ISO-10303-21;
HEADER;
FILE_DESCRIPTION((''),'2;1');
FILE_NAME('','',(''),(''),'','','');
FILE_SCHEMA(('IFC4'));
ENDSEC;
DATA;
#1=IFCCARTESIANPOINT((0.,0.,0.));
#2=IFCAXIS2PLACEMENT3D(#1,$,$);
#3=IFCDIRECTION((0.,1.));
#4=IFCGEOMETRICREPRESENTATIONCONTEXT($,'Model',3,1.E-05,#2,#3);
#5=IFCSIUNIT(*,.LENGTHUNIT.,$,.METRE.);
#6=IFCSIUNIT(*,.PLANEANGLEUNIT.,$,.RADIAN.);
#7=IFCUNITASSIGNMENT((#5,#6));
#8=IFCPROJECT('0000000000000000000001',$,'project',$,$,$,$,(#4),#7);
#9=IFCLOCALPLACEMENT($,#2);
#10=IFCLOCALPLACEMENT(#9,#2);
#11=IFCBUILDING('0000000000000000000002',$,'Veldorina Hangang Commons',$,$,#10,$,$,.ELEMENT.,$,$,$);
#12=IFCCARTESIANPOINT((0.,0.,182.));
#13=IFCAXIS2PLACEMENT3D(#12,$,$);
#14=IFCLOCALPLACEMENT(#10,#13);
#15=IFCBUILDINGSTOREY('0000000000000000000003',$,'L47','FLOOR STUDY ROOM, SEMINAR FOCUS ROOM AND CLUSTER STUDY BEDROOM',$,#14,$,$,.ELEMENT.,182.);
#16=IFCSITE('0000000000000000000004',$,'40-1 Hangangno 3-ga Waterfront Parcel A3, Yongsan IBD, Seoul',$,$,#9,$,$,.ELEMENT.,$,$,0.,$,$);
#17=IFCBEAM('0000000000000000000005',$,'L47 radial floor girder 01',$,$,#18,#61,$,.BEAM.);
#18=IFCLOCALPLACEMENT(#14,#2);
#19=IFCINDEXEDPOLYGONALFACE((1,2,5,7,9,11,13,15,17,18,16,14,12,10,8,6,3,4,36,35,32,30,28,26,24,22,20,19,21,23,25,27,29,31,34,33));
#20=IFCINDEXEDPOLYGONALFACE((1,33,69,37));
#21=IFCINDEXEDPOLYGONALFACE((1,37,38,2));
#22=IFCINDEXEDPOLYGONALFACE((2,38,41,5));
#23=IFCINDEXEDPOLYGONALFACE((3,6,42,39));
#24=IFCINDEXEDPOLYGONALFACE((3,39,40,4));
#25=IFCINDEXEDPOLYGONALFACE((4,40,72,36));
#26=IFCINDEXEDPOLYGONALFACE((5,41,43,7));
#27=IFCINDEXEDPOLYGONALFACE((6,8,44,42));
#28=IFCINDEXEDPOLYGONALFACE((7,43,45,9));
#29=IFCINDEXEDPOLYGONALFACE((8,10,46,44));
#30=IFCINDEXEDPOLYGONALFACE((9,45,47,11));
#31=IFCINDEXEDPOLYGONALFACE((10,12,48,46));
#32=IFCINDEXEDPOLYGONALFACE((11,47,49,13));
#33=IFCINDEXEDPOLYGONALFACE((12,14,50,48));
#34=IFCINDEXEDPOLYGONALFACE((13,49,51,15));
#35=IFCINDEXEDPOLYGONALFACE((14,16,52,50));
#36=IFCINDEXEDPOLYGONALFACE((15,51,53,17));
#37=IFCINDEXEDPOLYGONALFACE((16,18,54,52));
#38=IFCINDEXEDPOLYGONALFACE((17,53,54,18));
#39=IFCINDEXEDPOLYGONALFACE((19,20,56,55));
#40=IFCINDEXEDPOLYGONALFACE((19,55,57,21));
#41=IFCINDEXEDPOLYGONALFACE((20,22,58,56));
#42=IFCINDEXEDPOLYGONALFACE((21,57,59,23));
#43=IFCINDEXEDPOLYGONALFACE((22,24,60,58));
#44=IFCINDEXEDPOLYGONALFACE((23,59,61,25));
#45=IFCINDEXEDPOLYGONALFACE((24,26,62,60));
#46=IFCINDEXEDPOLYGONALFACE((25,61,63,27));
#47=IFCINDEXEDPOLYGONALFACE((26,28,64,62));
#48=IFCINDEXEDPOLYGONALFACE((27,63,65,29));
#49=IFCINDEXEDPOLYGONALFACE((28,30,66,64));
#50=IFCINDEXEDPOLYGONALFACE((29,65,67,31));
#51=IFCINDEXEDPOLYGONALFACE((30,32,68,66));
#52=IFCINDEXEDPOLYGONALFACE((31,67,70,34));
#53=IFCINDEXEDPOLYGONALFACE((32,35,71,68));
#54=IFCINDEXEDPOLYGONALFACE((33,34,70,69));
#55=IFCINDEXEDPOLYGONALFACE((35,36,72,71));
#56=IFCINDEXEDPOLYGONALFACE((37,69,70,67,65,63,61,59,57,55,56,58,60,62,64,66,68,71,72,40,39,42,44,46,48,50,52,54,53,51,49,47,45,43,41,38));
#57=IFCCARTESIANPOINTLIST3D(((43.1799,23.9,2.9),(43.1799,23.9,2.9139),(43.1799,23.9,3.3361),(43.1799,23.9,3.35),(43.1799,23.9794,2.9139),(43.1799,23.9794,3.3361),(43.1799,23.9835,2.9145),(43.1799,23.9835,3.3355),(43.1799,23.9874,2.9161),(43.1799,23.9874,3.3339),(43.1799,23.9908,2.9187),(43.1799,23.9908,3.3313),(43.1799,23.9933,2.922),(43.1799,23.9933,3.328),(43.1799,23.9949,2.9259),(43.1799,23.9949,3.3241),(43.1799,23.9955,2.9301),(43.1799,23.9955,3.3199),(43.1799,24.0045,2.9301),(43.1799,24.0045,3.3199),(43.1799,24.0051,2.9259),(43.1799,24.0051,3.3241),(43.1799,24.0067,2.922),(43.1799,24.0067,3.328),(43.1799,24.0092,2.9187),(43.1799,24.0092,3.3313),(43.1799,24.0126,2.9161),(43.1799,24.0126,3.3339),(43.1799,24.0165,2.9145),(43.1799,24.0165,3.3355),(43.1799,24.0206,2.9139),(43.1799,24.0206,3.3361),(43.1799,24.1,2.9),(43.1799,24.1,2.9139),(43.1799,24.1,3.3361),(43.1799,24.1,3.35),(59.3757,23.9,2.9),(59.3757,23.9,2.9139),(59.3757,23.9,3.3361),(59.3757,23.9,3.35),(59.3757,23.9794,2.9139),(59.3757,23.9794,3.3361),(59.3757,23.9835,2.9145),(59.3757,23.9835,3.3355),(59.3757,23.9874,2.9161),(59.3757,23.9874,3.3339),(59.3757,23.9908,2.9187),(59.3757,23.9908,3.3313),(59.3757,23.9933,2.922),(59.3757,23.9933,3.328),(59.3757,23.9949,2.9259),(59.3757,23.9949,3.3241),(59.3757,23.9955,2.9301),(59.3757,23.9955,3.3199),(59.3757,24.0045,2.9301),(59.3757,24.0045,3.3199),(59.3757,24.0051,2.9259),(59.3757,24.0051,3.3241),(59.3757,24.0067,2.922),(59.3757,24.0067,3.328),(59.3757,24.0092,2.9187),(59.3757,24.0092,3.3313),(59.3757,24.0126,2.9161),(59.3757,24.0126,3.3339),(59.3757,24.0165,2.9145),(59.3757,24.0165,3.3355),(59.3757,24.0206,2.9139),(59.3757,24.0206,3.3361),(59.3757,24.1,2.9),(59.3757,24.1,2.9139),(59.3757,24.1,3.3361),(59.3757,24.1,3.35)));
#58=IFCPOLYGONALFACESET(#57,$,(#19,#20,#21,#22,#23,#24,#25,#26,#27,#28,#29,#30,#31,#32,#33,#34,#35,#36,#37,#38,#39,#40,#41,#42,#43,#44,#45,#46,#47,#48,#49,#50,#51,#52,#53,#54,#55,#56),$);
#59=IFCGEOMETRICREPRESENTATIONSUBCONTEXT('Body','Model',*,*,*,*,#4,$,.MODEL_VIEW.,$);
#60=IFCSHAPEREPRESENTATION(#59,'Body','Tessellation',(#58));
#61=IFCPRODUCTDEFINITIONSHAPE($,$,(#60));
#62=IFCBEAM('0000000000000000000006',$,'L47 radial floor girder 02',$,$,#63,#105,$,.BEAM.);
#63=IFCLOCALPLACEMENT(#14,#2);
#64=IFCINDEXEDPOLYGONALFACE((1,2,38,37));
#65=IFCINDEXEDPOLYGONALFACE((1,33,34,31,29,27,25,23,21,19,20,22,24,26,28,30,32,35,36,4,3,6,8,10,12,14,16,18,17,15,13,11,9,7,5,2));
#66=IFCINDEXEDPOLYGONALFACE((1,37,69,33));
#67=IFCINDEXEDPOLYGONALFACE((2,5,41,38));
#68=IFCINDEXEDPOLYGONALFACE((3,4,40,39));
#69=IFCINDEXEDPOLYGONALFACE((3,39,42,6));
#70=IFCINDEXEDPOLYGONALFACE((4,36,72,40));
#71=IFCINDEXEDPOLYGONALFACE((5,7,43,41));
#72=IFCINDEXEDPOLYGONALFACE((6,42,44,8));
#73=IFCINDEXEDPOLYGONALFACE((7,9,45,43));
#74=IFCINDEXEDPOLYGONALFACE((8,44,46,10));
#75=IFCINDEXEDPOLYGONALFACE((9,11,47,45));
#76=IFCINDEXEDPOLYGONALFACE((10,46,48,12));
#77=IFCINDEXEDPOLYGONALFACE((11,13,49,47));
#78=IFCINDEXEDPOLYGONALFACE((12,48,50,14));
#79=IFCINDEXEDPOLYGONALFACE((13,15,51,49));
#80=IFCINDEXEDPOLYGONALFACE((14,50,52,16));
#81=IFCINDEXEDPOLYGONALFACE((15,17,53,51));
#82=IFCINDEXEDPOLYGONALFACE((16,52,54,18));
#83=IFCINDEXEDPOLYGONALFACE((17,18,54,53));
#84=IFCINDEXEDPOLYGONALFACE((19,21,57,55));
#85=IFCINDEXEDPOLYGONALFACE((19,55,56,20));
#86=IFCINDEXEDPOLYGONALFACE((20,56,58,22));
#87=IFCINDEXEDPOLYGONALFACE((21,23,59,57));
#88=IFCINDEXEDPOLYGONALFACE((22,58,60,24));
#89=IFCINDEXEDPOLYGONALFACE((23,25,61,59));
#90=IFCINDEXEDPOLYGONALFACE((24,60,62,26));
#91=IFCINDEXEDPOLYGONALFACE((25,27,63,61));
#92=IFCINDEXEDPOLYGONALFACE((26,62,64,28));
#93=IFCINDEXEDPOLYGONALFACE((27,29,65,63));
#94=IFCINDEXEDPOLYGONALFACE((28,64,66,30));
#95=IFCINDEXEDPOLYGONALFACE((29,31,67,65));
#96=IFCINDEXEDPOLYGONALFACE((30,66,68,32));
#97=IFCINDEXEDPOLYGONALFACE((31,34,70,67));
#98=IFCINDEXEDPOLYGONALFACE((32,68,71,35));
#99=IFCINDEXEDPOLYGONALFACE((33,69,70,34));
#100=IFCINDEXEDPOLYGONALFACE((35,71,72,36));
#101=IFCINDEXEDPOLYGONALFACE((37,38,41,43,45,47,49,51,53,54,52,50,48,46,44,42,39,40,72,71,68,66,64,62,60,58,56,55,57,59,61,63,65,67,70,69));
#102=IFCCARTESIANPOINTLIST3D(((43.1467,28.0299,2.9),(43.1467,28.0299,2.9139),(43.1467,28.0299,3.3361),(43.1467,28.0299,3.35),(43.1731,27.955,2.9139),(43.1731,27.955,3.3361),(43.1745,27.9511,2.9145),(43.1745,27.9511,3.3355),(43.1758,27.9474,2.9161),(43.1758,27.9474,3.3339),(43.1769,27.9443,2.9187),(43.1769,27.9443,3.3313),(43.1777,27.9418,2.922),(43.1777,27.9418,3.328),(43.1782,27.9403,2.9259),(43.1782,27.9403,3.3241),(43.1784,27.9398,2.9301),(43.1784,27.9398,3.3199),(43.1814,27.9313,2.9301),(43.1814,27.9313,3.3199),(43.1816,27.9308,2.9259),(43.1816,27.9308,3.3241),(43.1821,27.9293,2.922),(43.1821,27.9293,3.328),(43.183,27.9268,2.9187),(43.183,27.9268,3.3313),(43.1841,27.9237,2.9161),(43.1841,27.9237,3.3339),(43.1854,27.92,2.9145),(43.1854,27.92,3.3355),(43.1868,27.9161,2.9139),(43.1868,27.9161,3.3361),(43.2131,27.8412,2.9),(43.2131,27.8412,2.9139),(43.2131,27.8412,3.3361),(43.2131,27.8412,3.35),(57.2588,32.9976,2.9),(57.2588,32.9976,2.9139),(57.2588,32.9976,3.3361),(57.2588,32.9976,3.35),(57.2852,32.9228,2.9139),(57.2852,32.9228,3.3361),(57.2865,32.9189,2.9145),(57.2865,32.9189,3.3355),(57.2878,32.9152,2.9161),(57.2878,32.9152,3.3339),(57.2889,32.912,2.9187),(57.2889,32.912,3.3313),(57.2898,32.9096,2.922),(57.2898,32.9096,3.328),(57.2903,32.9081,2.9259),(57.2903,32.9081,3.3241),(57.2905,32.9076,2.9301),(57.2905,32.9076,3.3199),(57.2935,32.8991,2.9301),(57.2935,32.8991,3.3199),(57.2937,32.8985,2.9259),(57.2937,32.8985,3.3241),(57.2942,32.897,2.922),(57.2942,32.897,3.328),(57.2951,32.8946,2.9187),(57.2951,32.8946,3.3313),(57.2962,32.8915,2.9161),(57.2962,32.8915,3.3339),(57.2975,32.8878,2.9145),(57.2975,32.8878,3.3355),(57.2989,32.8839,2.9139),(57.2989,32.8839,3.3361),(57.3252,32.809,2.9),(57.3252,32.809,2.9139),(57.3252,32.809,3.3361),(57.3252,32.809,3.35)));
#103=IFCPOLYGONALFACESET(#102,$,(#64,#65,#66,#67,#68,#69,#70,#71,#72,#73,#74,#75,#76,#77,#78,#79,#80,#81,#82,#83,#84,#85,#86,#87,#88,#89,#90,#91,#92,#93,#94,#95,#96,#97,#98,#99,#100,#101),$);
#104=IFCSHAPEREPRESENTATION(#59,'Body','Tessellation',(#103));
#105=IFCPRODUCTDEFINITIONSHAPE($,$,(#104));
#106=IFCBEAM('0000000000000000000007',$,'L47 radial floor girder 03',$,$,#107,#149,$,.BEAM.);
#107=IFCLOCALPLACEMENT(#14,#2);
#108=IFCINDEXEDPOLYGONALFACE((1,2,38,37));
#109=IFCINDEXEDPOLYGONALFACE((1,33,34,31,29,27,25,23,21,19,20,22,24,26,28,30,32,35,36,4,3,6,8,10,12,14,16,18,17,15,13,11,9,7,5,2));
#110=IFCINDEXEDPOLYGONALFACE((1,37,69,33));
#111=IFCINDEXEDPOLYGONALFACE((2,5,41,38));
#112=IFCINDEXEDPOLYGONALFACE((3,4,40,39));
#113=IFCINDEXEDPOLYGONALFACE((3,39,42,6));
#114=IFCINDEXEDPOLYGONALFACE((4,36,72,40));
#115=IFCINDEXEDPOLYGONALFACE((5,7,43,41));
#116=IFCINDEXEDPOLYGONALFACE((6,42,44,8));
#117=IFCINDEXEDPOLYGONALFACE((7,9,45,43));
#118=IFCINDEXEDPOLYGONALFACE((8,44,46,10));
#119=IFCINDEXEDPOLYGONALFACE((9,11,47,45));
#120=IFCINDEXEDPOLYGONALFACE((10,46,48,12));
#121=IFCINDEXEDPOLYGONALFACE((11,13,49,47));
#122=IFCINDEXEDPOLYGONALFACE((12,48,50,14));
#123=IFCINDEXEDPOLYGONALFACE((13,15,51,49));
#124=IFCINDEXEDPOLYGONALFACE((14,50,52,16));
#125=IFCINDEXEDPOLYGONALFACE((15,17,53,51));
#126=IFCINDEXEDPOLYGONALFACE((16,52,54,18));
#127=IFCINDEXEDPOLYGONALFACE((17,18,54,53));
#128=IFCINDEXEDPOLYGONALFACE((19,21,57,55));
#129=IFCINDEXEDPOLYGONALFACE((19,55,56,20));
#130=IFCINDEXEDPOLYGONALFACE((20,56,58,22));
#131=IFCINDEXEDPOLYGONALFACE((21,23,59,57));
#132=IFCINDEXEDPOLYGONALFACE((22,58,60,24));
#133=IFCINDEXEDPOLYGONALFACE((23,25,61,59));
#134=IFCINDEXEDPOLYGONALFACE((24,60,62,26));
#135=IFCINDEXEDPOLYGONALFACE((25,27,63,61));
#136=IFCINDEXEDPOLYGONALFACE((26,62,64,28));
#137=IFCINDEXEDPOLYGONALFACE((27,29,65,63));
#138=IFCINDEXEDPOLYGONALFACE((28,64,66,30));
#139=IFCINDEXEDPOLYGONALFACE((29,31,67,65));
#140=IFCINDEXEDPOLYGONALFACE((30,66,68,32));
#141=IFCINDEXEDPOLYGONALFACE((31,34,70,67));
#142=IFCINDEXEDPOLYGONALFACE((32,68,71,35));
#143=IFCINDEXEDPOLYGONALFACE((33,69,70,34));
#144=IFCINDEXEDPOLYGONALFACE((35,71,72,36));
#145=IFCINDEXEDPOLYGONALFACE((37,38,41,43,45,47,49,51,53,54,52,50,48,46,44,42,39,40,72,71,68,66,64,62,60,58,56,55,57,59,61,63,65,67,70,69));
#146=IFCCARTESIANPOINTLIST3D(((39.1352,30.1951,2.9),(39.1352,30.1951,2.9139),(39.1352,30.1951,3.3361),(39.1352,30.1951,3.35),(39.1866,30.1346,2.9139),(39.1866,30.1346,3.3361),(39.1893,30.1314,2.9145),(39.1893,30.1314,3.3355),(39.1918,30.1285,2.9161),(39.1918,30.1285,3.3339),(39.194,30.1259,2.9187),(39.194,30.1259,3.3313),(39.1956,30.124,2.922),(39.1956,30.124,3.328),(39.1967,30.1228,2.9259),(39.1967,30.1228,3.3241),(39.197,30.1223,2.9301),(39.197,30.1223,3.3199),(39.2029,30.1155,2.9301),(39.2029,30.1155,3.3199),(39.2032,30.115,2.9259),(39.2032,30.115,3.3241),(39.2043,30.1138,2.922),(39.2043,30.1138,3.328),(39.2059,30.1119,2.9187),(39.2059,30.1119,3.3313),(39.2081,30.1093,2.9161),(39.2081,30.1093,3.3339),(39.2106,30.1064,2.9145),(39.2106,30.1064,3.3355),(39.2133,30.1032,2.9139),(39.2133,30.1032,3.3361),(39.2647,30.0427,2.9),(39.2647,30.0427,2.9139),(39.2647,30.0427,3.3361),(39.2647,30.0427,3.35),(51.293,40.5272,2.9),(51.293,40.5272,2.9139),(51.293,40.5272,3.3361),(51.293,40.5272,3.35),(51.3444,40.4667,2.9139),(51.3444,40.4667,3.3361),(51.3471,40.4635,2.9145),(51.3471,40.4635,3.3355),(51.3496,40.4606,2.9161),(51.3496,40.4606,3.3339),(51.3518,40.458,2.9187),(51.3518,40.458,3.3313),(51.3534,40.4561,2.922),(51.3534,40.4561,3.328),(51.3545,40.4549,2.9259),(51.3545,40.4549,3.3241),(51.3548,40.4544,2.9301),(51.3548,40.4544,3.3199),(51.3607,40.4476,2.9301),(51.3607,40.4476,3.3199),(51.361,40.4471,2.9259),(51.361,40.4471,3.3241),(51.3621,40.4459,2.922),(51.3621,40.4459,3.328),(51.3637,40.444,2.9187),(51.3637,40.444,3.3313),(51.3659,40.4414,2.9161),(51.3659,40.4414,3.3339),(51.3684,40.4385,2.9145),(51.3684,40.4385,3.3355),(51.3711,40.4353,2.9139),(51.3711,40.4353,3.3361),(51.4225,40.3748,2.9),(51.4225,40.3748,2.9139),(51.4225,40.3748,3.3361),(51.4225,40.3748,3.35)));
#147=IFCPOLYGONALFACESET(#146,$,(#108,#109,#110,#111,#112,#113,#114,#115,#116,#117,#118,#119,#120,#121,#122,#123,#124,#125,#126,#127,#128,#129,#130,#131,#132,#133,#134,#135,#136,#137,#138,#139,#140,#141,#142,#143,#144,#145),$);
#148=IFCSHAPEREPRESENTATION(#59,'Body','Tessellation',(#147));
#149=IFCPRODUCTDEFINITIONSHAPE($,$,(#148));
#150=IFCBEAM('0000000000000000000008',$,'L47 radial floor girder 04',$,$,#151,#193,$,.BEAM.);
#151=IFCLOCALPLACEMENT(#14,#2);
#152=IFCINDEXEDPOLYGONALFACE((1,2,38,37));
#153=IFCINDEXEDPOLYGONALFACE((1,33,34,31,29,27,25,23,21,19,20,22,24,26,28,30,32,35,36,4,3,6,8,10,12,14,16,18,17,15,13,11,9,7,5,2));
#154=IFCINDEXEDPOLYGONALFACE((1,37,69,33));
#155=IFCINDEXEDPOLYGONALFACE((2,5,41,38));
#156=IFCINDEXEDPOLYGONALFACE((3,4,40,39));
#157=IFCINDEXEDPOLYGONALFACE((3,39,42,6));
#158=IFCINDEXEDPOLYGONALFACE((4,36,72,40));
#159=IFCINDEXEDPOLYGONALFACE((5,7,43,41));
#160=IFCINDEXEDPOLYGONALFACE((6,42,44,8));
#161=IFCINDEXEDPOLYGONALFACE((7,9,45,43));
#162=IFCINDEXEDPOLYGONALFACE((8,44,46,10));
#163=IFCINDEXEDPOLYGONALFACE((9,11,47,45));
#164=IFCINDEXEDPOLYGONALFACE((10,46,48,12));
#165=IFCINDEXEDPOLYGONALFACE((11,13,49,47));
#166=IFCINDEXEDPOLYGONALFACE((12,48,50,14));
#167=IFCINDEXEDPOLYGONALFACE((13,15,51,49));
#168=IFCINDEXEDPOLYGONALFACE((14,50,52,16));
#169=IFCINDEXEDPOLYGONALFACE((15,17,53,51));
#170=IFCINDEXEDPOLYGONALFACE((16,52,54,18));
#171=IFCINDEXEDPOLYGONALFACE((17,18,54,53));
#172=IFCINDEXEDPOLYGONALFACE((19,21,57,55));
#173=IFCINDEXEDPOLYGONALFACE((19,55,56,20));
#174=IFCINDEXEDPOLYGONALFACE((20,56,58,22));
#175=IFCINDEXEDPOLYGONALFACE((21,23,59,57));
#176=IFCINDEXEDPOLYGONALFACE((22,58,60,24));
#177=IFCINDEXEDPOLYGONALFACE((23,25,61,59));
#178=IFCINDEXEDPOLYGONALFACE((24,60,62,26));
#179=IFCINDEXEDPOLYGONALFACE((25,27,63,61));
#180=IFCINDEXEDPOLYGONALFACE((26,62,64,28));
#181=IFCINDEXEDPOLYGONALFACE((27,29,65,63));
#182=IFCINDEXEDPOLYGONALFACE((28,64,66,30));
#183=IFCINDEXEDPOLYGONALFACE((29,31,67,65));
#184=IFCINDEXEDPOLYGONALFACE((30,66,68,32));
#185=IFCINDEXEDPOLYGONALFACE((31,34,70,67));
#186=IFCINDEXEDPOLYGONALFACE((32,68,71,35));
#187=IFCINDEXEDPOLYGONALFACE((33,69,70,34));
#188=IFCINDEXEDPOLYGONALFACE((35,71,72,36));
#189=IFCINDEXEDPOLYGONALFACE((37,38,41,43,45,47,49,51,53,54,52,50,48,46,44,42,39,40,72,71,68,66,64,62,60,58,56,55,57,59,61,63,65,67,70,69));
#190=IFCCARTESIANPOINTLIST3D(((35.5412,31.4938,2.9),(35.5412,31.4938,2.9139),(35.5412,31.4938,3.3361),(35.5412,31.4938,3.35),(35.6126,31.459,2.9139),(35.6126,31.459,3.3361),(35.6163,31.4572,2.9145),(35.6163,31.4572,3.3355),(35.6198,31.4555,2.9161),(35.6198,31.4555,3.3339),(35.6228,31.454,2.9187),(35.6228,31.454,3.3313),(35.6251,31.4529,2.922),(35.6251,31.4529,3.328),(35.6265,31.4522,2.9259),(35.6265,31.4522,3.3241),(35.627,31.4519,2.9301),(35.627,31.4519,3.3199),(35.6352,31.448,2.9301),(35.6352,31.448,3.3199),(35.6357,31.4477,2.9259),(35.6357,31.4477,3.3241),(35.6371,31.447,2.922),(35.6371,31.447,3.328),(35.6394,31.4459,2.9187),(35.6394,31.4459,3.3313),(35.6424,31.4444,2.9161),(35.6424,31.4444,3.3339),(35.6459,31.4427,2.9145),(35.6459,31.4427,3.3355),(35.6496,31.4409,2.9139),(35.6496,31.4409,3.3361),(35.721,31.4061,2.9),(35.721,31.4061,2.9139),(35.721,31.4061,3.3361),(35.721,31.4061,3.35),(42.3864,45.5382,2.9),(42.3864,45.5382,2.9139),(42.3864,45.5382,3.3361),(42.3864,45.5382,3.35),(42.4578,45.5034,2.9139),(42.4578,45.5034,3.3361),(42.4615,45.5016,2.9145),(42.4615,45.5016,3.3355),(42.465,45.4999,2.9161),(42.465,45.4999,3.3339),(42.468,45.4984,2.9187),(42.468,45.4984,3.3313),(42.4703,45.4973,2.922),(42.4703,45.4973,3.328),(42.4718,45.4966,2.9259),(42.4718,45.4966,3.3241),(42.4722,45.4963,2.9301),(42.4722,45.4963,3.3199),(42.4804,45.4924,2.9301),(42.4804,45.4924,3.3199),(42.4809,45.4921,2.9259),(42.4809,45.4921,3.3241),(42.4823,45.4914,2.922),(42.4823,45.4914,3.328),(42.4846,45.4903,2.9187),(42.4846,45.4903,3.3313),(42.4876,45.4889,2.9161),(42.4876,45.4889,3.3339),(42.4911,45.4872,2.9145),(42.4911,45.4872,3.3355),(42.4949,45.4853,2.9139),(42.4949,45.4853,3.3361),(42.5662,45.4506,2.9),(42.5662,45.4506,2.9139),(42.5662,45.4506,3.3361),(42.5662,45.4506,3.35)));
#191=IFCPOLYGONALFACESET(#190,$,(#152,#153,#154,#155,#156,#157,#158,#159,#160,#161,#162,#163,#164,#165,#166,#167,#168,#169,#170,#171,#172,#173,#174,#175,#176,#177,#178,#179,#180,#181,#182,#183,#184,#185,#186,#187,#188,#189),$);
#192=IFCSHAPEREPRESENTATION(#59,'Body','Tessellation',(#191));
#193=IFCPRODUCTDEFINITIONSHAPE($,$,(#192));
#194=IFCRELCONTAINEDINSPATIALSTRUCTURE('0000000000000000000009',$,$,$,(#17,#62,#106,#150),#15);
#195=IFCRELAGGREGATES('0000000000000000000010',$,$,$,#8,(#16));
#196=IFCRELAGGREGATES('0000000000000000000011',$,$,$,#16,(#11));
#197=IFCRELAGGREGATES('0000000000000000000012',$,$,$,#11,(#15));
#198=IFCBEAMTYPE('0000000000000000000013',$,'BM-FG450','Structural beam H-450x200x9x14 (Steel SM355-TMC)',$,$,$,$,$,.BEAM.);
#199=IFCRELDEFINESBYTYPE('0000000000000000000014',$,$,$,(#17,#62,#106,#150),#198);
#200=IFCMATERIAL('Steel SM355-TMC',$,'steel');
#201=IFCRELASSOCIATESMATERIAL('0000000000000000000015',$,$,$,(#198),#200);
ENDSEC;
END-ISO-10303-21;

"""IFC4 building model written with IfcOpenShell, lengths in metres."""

from ifc_helpers import new_model, si_unit, direction, frame, origin, origin_2d, place, context, subcontext, project, spatial, i_section, extrude, material, material_profile, profile_set, type_object, element, save


model = new_model("IFC4")

# Units and contexts
model_context = context("Model", 3, precision=1e-05, world=origin(), true_north=direction((0.0, 1.0)))
body_context = subcontext(model_context, "Body", "Model", "MODEL_VIEW")
ifc_project = project(units=[si_unit("LENGTHUNIT", "METRE"), si_unit("PLANEANGLEUNIT", "RADIAN")], contexts=[model_context])

# Site, building, storey
site_placement = place(None, origin())
site = spatial("IfcSite", under=ifc_project, at=site_placement, Name="40-1 Hangangno 3-ga Waterfront Parcel A3, Yongsan IBD, Seoul", CompositionType="ELEMENT", RefElevation=0.0)
building_placement = place(site_placement, origin())
building = spatial("IfcBuilding", under=site, at=building_placement, Name="Veldorina Hangang Commons", CompositionType="ELEMENT")
storey_placement = place(building_placement, frame((0.0, 0.0, 182.0)))
storey = spatial("IfcBuildingStorey", under=building, at=storey_placement, Name="L47", Description="FLOOR STUDY ROOM, SEMINAR FOCUS ROOM AND CLUSTER STUDY BEDROOM", CompositionType="ELEMENT", Elevation=182.0)

# Beams
ifc_material_1 = material(Name="Steel SM355-TMC", Category="steel")
ifc_material_profile_1 = material_profile(ifc_material_1, i_section(OverallWidth=0.2, OverallDepth=0.45, WebThickness=0.009, FlangeThickness=0.0139, FilletRadius=0.0161, at=origin_2d()), Name="H-450x200x9x14")
ifc_profile_set_1 = profile_set([ifc_material_profile_1], Name="Steel SM355-TMC")
beam_type_1 = type_object("IfcBeamType", Name="BM-FG450", Description="Structural beam H-450x200x9x14 (Steel SM355-TMC)", PredefinedType="BEAM", material=ifc_profile_set_1)
beam_1_placement = place(storey_placement, frame((43.1799, 24.0, 3.125), z_axis=(1.0, 0.0, 0.0), x_axis=(0.0, 1.0, 0.0)))
element("IfcBeam", 1, at=beam_1_placement, inside=storey, type_object=beam_type_1, Name="L47 radial floor girder 01", PredefinedType="BEAM", context=body_context, shape_type="SweptSolid", body=[
    extrude(i_section(OverallWidth=0.2, OverallDepth=0.45, WebThickness=0.009, FlangeThickness=0.0139, FilletRadius=0.0161, at=origin_2d()), origin(), (0.0, 0.0, 1.0), 16.1958),
])
beam_2_placement = place(storey_placement, frame((43.1799, 27.9355, 3.125), z_axis=(0.943262, 0.33205, 0.0), x_axis=(-0.33205, 0.943262, 0.0)))
element("IfcBeam", 2, at=beam_2_placement, inside=storey, type_object=beam_type_1, Name="L47 radial floor girder 02", PredefinedType="BEAM", context=body_context, shape_type="SweptSolid", body=[
    extrude(i_section(OverallWidth=0.2, OverallDepth=0.45, WebThickness=0.009, FlangeThickness=0.0139, FilletRadius=0.0161, at=origin_2d()), origin(), (0.0, 0.0, 1.0), 14.9609),
])
beam_3_placement = place(storey_placement, frame((39.2, 30.1189, 3.125), z_axis=(0.762002, 0.647575, 0.0), x_axis=(-0.647575, 0.762002, 0.0)))
element("IfcBeam", 3, at=beam_3_placement, inside=storey, type_object=beam_type_1, Name="L47 radial floor girder 03", PredefinedType="BEAM", context=body_context, shape_type="SweptSolid", body=[
    extrude(i_section(OverallWidth=0.2, OverallDepth=0.45, WebThickness=0.009, FlangeThickness=0.0139, FilletRadius=0.0161, at=origin_2d()), origin(), (0.0, 0.0, 1.0), 15.9551),
])
beam_4_placement = place(storey_placement, frame((35.6311, 31.45, 3.125), z_axis=(0.438127, 0.898913, 0.0), x_axis=(-0.898913, 0.438127, 0.0)))
element("IfcBeam", 4, at=beam_4_placement, inside=storey, type_object=beam_type_1, Name="L47 radial floor girder 04", PredefinedType="BEAM", context=body_context, shape_type="SweptSolid", body=[
    extrude(i_section(OverallWidth=0.2, OverallDepth=0.45, WebThickness=0.009, FlangeThickness=0.0139, FilletRadius=0.0161, at=origin_2d()), origin(), (0.0, 0.0, 1.0), 15.6238),
])

save(model, "model.ifc")
